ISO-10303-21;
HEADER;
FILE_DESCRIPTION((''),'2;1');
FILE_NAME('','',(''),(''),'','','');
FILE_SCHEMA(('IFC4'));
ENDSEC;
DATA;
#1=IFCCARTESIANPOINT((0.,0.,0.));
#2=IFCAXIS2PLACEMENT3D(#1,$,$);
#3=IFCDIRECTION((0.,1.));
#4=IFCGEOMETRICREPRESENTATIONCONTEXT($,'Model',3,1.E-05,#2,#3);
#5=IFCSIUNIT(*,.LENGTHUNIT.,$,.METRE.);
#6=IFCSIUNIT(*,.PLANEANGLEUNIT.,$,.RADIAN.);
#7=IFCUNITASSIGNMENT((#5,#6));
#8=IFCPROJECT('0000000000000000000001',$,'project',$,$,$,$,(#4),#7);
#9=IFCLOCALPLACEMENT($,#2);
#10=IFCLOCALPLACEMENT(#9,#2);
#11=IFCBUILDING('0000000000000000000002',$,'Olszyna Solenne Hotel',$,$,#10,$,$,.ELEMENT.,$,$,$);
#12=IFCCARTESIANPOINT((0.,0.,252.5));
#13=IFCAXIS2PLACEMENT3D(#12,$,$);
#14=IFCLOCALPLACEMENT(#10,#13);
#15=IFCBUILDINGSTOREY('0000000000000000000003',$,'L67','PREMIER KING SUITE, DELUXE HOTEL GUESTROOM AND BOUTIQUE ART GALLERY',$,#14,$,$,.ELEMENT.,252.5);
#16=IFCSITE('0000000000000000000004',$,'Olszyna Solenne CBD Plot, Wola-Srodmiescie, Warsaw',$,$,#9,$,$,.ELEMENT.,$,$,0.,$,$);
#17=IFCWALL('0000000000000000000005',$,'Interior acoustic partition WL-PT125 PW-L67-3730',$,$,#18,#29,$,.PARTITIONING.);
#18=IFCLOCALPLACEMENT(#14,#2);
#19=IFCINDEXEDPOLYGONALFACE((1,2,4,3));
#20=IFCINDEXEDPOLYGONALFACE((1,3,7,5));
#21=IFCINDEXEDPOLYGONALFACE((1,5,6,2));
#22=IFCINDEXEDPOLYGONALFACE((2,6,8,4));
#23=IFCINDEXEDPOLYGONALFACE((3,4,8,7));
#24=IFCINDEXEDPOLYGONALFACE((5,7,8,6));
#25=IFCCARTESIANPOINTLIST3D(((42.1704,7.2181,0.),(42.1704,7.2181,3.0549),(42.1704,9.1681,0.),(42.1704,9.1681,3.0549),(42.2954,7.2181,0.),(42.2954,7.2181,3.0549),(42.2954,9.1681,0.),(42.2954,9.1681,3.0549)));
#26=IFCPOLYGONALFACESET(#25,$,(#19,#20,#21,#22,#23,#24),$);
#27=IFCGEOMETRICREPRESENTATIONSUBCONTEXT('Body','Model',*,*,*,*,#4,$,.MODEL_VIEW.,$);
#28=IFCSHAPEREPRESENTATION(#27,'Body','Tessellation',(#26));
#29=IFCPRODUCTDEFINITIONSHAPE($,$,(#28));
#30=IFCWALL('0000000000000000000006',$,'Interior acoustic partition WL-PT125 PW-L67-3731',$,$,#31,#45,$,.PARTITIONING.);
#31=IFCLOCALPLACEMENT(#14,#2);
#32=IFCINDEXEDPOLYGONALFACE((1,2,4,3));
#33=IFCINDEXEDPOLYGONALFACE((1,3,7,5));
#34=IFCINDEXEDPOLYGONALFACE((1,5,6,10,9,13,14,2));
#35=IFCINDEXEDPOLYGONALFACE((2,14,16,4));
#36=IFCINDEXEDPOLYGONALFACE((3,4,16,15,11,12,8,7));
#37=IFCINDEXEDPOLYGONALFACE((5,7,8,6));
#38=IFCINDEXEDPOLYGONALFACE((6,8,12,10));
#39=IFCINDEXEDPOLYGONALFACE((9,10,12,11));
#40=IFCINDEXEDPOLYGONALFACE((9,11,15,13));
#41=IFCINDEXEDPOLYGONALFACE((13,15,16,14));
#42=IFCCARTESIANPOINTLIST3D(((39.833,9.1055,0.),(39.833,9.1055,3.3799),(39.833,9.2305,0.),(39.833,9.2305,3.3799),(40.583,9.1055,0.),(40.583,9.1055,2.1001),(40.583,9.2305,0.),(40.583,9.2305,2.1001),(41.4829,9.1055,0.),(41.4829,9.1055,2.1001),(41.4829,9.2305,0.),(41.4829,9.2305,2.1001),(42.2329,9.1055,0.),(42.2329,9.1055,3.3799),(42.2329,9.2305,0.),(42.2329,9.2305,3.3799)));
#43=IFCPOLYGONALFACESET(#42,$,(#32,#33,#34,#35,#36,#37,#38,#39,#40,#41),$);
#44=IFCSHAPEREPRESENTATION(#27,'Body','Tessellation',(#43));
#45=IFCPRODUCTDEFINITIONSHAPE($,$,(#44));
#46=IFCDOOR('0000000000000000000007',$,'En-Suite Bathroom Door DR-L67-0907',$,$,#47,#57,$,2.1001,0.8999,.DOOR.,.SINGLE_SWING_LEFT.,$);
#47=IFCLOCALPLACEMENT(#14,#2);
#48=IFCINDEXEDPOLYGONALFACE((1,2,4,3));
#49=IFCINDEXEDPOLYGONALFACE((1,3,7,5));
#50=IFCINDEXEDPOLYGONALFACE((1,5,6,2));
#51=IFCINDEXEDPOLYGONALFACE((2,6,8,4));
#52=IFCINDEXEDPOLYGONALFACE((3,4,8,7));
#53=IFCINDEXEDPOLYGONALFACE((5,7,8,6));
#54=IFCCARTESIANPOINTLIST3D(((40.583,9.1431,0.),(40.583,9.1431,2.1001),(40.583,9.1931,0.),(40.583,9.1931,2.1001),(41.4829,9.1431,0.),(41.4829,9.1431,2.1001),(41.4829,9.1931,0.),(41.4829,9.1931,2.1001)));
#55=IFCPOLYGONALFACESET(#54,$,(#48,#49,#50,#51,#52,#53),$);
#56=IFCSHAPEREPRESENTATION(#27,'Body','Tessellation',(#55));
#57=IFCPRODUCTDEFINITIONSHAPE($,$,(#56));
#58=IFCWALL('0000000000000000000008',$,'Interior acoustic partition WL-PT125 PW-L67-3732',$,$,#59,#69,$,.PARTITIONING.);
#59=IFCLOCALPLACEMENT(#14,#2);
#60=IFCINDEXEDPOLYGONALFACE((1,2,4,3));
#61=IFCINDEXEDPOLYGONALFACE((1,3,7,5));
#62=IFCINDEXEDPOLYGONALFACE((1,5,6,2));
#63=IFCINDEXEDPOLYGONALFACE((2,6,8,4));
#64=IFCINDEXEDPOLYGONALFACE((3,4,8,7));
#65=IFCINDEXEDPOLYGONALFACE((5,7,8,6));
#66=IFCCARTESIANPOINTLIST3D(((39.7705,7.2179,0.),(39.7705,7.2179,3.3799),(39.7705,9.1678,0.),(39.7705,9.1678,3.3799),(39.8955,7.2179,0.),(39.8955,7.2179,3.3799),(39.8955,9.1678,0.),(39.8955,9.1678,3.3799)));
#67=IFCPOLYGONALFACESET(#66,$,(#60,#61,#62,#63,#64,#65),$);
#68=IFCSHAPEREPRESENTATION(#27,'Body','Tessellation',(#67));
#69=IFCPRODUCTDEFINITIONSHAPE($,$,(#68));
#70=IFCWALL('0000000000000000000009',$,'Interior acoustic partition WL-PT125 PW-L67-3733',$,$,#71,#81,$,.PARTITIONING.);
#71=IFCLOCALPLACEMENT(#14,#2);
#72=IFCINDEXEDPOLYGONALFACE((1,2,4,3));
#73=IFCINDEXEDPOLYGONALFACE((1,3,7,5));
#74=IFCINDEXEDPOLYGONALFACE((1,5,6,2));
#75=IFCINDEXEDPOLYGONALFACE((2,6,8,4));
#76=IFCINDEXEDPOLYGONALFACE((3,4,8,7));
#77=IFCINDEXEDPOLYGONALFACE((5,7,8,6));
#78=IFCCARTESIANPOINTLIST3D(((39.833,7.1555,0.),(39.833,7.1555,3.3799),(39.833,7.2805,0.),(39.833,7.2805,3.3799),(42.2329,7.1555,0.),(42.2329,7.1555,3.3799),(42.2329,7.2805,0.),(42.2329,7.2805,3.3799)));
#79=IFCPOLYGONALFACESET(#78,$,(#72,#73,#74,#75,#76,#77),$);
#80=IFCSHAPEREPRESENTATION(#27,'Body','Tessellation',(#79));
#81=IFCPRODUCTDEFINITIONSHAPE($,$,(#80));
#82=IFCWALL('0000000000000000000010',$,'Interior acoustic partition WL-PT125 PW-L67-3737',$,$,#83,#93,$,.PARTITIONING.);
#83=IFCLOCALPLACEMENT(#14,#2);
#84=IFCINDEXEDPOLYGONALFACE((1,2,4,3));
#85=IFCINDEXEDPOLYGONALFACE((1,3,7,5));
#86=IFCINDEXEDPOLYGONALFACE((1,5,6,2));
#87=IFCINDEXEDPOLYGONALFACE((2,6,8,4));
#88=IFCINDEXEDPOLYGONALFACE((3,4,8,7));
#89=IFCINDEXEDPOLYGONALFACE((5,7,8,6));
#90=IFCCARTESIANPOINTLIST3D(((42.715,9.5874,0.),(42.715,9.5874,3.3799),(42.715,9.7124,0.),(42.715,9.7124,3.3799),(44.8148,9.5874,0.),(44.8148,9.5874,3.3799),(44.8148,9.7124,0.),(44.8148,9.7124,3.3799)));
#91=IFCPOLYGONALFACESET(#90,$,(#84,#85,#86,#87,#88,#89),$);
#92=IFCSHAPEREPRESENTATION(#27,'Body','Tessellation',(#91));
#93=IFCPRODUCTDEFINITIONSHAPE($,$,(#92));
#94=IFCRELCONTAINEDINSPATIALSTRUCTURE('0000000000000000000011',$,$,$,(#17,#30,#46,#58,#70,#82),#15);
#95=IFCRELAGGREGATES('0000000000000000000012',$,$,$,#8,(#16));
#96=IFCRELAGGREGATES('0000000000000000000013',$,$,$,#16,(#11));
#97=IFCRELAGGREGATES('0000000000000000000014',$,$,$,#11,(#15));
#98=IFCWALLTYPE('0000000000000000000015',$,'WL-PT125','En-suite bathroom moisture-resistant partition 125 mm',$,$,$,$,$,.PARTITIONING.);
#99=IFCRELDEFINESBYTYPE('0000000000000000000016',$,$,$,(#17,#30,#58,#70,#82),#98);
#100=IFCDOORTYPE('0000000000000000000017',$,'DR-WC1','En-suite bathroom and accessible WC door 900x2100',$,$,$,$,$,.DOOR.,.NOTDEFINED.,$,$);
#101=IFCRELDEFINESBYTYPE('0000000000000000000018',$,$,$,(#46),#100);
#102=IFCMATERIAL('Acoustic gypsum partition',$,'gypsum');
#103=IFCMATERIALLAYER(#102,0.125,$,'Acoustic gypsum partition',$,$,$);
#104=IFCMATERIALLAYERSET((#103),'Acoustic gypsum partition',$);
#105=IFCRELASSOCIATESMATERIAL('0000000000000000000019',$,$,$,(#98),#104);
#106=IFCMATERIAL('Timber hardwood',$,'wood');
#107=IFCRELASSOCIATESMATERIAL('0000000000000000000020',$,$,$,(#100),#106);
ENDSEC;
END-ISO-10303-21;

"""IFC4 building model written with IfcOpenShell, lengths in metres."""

from ifc_helpers import new_model, si_unit, direction, frame, frame_2d, origin, place, context, subcontext, project, spatial, rectangle, extrude, source, transform, mapped, material, layer, layer_set, type_object, type_shapes, element, fill, save


model = new_model("IFC4")

# Units and contexts
model_context = context("Model", 3, precision=1e-05, world=origin(), true_north=direction((0.0, 1.0)))
body_context = subcontext(model_context, "Body", "Model", "MODEL_VIEW")
ifc_project = project(units=[si_unit("LENGTHUNIT", "METRE"), si_unit("PLANEANGLEUNIT", "RADIAN")], contexts=[model_context])

# Site, building, storey
site_placement = place(None, origin())
site = spatial("IfcSite", under=ifc_project, at=site_placement, Name="Olszyna Solenne CBD Plot, Wola-Srodmiescie, Warsaw", CompositionType="ELEMENT", RefElevation=0.0)
building_placement = place(site_placement, origin())
building = spatial("IfcBuilding", under=site, at=building_placement, Name="Olszyna Solenne Hotel", CompositionType="ELEMENT")
storey_placement = place(building_placement, frame((0.0, 0.0, 252.5)))
storey = spatial("IfcBuildingStorey", under=building, at=storey_placement, Name="L67", Description="PREMIER KING SUITE, DELUXE HOTEL GUESTROOM AND BOUTIQUE ART GALLERY", CompositionType="ELEMENT", Elevation=252.5)

# Wall
ifc_material_1 = material(Name="Acoustic gypsum partition", Category="gypsum")
ifc_layer_1 = layer(ifc_material_1, 0.125, Name="Acoustic gypsum partition")
ifc_layer_set_1 = layer_set([ifc_layer_1], Name="Acoustic gypsum partition")
wall_type_1 = type_object("IfcWallType", Name="WL-PT125", Description="En-suite bathroom moisture-resistant partition 125 mm", PredefinedType="PARTITIONING", material=ifc_layer_set_1)
wall_1_placement = place(storey_placement, frame((42.2329, 7.218, 0.0), z_axis=(0.0, 0.0, 1.0), x_axis=(0.0, 1.0, 0.0)))
element("IfcWall", 1, at=wall_1_placement, inside=storey, type_object=wall_type_1, Name="Interior acoustic partition WL-PT125 PW-L67-3730", PredefinedType="PARTITIONING", context=body_context, shape_type="SweptSolid", body=[
    extrude(rectangle(XDim=1.95, YDim=0.125, at=frame_2d((0.9751, 0.0))), origin(), (0.0, 0.0, 1.0), 3.0549),
])

# Wall, opening, door
wall_2_placement = place(storey_placement, frame((42.2329, 9.168, 0.0), z_axis=(0.0, 0.0, 1.0), x_axis=(-1.0, 0.0, 0.0)))
wall_2 = element("IfcWall", 2, at=wall_2_placement, inside=storey, type_object=wall_type_1, Name="Interior acoustic partition WL-PT125 PW-L67-3731", PredefinedType="PARTITIONING", context=body_context, shape_type="SweptSolid", body=[
    extrude(rectangle(XDim=2.3999, YDim=0.125, at=frame_2d((1.2, 0.0))), origin(), (0.0, 0.0, 1.0), 3.3799),
])
opening_placement = place(wall_2_placement, frame((0.75, 0.0, 0.0)))
opening = element("IfcOpeningElement", 3, at=opening_placement, cuts=wall_2, PredefinedType="OPENING", context=body_context, shape_type="SweptSolid", body=[
    extrude(rectangle(XDim=0.8999, YDim=2.1001, at=frame_2d((0.45, 1.05))), frame((0.0, 0.0725, 0.0), z_axis=(0.0, -1.0, 0.0), x_axis=(1.0, 0.0, 0.0)), (0.0, 0.0, 1.0), 0.145),
])
ifc_material_2 = material(Name="Timber hardwood", Category="wood")
door_type = type_object("IfcDoorType", Name="DR-WC1", Description="En-suite bathroom and accessible WC door 900x2100", OperationType="NOTDEFINED", PredefinedType="DOOR", material=ifc_material_2)
shared_shape_1 = source(origin(), body_context, "Body", "SweptSolid", [
    extrude(rectangle(XDim=0.8999, YDim=2.1001, at=frame_2d((0.45, 1.05))), frame((0.0, 0.0249, 0.0), z_axis=(0.0, -1.0, 0.0), x_axis=(1.0, 0.0, 0.0)), (0.0, 0.0, 1.0), 0.05),
])
type_shapes(door_type, [shared_shape_1])
door_placement = place(opening_placement, origin())
door = element("IfcDoor", 4, at=door_placement, inside=storey, type_object=door_type, Name="En-Suite Bathroom Door DR-L67-0907", OperationType="SINGLE_SWING_LEFT", OverallHeight=2.1001, OverallWidth=0.8999, PredefinedType="DOOR", context=body_context, shape_type="MappedRepresentation", body=[
    mapped(shared_shape_1, transform((0.0, 0.0, 0.0), x_axis=(1.0, 0.0, 0.0), y_axis=(0.0, 1.0, 0.0), z_axis=(0.0, 0.0, 1.0), scale=1.0)),
])
fill(opening, door)

# Walls
wall_3_placement = place(storey_placement, frame((39.833, 9.168, 0.0), z_axis=(0.0, 0.0, 1.0), x_axis=(0.0, -1.0, 0.0)))
element("IfcWall", 5, at=wall_3_placement, inside=storey, type_object=wall_type_1, Name="Interior acoustic partition WL-PT125 PW-L67-3732", PredefinedType="PARTITIONING", context=body_context, shape_type="SweptSolid", body=[
    extrude(rectangle(XDim=1.95, YDim=0.125, at=frame_2d((0.9751, 0.0))), origin(), (0.0, 0.0, 1.0), 3.3799),
])
wall_4_placement = place(storey_placement, frame((39.833, 7.218, 0.0), z_axis=(0.0, 0.0, 1.0), x_axis=(1.0, 0.0, 0.0)))
element("IfcWall", 6, at=wall_4_placement, inside=storey, type_object=wall_type_1, Name="Interior acoustic partition WL-PT125 PW-L67-3733", PredefinedType="PARTITIONING", context=body_context, shape_type="SweptSolid", body=[
    extrude(rectangle(XDim=2.3999, YDim=0.125, at=frame_2d((1.2, 0.0))), origin(), (0.0, 0.0, 1.0), 3.3799),
])
wall_5_placement = place(storey_placement, frame((42.7151, 9.6499, 0.0), z_axis=(0.0, 0.0, 1.0), x_axis=(1.0, 0.0, 0.0)))
element("IfcWall", 7, at=wall_5_placement, inside=storey, type_object=wall_type_1, Name="Interior acoustic partition WL-PT125 PW-L67-3737", PredefinedType="PARTITIONING", context=body_context, shape_type="SweptSolid", body=[
    extrude(rectangle(XDim=2.0999, YDim=0.125, at=frame_2d((1.0498, 0.0))), origin(), (0.0, 0.0, 1.0), 3.3799),
])

save(model, "model.ifc")
